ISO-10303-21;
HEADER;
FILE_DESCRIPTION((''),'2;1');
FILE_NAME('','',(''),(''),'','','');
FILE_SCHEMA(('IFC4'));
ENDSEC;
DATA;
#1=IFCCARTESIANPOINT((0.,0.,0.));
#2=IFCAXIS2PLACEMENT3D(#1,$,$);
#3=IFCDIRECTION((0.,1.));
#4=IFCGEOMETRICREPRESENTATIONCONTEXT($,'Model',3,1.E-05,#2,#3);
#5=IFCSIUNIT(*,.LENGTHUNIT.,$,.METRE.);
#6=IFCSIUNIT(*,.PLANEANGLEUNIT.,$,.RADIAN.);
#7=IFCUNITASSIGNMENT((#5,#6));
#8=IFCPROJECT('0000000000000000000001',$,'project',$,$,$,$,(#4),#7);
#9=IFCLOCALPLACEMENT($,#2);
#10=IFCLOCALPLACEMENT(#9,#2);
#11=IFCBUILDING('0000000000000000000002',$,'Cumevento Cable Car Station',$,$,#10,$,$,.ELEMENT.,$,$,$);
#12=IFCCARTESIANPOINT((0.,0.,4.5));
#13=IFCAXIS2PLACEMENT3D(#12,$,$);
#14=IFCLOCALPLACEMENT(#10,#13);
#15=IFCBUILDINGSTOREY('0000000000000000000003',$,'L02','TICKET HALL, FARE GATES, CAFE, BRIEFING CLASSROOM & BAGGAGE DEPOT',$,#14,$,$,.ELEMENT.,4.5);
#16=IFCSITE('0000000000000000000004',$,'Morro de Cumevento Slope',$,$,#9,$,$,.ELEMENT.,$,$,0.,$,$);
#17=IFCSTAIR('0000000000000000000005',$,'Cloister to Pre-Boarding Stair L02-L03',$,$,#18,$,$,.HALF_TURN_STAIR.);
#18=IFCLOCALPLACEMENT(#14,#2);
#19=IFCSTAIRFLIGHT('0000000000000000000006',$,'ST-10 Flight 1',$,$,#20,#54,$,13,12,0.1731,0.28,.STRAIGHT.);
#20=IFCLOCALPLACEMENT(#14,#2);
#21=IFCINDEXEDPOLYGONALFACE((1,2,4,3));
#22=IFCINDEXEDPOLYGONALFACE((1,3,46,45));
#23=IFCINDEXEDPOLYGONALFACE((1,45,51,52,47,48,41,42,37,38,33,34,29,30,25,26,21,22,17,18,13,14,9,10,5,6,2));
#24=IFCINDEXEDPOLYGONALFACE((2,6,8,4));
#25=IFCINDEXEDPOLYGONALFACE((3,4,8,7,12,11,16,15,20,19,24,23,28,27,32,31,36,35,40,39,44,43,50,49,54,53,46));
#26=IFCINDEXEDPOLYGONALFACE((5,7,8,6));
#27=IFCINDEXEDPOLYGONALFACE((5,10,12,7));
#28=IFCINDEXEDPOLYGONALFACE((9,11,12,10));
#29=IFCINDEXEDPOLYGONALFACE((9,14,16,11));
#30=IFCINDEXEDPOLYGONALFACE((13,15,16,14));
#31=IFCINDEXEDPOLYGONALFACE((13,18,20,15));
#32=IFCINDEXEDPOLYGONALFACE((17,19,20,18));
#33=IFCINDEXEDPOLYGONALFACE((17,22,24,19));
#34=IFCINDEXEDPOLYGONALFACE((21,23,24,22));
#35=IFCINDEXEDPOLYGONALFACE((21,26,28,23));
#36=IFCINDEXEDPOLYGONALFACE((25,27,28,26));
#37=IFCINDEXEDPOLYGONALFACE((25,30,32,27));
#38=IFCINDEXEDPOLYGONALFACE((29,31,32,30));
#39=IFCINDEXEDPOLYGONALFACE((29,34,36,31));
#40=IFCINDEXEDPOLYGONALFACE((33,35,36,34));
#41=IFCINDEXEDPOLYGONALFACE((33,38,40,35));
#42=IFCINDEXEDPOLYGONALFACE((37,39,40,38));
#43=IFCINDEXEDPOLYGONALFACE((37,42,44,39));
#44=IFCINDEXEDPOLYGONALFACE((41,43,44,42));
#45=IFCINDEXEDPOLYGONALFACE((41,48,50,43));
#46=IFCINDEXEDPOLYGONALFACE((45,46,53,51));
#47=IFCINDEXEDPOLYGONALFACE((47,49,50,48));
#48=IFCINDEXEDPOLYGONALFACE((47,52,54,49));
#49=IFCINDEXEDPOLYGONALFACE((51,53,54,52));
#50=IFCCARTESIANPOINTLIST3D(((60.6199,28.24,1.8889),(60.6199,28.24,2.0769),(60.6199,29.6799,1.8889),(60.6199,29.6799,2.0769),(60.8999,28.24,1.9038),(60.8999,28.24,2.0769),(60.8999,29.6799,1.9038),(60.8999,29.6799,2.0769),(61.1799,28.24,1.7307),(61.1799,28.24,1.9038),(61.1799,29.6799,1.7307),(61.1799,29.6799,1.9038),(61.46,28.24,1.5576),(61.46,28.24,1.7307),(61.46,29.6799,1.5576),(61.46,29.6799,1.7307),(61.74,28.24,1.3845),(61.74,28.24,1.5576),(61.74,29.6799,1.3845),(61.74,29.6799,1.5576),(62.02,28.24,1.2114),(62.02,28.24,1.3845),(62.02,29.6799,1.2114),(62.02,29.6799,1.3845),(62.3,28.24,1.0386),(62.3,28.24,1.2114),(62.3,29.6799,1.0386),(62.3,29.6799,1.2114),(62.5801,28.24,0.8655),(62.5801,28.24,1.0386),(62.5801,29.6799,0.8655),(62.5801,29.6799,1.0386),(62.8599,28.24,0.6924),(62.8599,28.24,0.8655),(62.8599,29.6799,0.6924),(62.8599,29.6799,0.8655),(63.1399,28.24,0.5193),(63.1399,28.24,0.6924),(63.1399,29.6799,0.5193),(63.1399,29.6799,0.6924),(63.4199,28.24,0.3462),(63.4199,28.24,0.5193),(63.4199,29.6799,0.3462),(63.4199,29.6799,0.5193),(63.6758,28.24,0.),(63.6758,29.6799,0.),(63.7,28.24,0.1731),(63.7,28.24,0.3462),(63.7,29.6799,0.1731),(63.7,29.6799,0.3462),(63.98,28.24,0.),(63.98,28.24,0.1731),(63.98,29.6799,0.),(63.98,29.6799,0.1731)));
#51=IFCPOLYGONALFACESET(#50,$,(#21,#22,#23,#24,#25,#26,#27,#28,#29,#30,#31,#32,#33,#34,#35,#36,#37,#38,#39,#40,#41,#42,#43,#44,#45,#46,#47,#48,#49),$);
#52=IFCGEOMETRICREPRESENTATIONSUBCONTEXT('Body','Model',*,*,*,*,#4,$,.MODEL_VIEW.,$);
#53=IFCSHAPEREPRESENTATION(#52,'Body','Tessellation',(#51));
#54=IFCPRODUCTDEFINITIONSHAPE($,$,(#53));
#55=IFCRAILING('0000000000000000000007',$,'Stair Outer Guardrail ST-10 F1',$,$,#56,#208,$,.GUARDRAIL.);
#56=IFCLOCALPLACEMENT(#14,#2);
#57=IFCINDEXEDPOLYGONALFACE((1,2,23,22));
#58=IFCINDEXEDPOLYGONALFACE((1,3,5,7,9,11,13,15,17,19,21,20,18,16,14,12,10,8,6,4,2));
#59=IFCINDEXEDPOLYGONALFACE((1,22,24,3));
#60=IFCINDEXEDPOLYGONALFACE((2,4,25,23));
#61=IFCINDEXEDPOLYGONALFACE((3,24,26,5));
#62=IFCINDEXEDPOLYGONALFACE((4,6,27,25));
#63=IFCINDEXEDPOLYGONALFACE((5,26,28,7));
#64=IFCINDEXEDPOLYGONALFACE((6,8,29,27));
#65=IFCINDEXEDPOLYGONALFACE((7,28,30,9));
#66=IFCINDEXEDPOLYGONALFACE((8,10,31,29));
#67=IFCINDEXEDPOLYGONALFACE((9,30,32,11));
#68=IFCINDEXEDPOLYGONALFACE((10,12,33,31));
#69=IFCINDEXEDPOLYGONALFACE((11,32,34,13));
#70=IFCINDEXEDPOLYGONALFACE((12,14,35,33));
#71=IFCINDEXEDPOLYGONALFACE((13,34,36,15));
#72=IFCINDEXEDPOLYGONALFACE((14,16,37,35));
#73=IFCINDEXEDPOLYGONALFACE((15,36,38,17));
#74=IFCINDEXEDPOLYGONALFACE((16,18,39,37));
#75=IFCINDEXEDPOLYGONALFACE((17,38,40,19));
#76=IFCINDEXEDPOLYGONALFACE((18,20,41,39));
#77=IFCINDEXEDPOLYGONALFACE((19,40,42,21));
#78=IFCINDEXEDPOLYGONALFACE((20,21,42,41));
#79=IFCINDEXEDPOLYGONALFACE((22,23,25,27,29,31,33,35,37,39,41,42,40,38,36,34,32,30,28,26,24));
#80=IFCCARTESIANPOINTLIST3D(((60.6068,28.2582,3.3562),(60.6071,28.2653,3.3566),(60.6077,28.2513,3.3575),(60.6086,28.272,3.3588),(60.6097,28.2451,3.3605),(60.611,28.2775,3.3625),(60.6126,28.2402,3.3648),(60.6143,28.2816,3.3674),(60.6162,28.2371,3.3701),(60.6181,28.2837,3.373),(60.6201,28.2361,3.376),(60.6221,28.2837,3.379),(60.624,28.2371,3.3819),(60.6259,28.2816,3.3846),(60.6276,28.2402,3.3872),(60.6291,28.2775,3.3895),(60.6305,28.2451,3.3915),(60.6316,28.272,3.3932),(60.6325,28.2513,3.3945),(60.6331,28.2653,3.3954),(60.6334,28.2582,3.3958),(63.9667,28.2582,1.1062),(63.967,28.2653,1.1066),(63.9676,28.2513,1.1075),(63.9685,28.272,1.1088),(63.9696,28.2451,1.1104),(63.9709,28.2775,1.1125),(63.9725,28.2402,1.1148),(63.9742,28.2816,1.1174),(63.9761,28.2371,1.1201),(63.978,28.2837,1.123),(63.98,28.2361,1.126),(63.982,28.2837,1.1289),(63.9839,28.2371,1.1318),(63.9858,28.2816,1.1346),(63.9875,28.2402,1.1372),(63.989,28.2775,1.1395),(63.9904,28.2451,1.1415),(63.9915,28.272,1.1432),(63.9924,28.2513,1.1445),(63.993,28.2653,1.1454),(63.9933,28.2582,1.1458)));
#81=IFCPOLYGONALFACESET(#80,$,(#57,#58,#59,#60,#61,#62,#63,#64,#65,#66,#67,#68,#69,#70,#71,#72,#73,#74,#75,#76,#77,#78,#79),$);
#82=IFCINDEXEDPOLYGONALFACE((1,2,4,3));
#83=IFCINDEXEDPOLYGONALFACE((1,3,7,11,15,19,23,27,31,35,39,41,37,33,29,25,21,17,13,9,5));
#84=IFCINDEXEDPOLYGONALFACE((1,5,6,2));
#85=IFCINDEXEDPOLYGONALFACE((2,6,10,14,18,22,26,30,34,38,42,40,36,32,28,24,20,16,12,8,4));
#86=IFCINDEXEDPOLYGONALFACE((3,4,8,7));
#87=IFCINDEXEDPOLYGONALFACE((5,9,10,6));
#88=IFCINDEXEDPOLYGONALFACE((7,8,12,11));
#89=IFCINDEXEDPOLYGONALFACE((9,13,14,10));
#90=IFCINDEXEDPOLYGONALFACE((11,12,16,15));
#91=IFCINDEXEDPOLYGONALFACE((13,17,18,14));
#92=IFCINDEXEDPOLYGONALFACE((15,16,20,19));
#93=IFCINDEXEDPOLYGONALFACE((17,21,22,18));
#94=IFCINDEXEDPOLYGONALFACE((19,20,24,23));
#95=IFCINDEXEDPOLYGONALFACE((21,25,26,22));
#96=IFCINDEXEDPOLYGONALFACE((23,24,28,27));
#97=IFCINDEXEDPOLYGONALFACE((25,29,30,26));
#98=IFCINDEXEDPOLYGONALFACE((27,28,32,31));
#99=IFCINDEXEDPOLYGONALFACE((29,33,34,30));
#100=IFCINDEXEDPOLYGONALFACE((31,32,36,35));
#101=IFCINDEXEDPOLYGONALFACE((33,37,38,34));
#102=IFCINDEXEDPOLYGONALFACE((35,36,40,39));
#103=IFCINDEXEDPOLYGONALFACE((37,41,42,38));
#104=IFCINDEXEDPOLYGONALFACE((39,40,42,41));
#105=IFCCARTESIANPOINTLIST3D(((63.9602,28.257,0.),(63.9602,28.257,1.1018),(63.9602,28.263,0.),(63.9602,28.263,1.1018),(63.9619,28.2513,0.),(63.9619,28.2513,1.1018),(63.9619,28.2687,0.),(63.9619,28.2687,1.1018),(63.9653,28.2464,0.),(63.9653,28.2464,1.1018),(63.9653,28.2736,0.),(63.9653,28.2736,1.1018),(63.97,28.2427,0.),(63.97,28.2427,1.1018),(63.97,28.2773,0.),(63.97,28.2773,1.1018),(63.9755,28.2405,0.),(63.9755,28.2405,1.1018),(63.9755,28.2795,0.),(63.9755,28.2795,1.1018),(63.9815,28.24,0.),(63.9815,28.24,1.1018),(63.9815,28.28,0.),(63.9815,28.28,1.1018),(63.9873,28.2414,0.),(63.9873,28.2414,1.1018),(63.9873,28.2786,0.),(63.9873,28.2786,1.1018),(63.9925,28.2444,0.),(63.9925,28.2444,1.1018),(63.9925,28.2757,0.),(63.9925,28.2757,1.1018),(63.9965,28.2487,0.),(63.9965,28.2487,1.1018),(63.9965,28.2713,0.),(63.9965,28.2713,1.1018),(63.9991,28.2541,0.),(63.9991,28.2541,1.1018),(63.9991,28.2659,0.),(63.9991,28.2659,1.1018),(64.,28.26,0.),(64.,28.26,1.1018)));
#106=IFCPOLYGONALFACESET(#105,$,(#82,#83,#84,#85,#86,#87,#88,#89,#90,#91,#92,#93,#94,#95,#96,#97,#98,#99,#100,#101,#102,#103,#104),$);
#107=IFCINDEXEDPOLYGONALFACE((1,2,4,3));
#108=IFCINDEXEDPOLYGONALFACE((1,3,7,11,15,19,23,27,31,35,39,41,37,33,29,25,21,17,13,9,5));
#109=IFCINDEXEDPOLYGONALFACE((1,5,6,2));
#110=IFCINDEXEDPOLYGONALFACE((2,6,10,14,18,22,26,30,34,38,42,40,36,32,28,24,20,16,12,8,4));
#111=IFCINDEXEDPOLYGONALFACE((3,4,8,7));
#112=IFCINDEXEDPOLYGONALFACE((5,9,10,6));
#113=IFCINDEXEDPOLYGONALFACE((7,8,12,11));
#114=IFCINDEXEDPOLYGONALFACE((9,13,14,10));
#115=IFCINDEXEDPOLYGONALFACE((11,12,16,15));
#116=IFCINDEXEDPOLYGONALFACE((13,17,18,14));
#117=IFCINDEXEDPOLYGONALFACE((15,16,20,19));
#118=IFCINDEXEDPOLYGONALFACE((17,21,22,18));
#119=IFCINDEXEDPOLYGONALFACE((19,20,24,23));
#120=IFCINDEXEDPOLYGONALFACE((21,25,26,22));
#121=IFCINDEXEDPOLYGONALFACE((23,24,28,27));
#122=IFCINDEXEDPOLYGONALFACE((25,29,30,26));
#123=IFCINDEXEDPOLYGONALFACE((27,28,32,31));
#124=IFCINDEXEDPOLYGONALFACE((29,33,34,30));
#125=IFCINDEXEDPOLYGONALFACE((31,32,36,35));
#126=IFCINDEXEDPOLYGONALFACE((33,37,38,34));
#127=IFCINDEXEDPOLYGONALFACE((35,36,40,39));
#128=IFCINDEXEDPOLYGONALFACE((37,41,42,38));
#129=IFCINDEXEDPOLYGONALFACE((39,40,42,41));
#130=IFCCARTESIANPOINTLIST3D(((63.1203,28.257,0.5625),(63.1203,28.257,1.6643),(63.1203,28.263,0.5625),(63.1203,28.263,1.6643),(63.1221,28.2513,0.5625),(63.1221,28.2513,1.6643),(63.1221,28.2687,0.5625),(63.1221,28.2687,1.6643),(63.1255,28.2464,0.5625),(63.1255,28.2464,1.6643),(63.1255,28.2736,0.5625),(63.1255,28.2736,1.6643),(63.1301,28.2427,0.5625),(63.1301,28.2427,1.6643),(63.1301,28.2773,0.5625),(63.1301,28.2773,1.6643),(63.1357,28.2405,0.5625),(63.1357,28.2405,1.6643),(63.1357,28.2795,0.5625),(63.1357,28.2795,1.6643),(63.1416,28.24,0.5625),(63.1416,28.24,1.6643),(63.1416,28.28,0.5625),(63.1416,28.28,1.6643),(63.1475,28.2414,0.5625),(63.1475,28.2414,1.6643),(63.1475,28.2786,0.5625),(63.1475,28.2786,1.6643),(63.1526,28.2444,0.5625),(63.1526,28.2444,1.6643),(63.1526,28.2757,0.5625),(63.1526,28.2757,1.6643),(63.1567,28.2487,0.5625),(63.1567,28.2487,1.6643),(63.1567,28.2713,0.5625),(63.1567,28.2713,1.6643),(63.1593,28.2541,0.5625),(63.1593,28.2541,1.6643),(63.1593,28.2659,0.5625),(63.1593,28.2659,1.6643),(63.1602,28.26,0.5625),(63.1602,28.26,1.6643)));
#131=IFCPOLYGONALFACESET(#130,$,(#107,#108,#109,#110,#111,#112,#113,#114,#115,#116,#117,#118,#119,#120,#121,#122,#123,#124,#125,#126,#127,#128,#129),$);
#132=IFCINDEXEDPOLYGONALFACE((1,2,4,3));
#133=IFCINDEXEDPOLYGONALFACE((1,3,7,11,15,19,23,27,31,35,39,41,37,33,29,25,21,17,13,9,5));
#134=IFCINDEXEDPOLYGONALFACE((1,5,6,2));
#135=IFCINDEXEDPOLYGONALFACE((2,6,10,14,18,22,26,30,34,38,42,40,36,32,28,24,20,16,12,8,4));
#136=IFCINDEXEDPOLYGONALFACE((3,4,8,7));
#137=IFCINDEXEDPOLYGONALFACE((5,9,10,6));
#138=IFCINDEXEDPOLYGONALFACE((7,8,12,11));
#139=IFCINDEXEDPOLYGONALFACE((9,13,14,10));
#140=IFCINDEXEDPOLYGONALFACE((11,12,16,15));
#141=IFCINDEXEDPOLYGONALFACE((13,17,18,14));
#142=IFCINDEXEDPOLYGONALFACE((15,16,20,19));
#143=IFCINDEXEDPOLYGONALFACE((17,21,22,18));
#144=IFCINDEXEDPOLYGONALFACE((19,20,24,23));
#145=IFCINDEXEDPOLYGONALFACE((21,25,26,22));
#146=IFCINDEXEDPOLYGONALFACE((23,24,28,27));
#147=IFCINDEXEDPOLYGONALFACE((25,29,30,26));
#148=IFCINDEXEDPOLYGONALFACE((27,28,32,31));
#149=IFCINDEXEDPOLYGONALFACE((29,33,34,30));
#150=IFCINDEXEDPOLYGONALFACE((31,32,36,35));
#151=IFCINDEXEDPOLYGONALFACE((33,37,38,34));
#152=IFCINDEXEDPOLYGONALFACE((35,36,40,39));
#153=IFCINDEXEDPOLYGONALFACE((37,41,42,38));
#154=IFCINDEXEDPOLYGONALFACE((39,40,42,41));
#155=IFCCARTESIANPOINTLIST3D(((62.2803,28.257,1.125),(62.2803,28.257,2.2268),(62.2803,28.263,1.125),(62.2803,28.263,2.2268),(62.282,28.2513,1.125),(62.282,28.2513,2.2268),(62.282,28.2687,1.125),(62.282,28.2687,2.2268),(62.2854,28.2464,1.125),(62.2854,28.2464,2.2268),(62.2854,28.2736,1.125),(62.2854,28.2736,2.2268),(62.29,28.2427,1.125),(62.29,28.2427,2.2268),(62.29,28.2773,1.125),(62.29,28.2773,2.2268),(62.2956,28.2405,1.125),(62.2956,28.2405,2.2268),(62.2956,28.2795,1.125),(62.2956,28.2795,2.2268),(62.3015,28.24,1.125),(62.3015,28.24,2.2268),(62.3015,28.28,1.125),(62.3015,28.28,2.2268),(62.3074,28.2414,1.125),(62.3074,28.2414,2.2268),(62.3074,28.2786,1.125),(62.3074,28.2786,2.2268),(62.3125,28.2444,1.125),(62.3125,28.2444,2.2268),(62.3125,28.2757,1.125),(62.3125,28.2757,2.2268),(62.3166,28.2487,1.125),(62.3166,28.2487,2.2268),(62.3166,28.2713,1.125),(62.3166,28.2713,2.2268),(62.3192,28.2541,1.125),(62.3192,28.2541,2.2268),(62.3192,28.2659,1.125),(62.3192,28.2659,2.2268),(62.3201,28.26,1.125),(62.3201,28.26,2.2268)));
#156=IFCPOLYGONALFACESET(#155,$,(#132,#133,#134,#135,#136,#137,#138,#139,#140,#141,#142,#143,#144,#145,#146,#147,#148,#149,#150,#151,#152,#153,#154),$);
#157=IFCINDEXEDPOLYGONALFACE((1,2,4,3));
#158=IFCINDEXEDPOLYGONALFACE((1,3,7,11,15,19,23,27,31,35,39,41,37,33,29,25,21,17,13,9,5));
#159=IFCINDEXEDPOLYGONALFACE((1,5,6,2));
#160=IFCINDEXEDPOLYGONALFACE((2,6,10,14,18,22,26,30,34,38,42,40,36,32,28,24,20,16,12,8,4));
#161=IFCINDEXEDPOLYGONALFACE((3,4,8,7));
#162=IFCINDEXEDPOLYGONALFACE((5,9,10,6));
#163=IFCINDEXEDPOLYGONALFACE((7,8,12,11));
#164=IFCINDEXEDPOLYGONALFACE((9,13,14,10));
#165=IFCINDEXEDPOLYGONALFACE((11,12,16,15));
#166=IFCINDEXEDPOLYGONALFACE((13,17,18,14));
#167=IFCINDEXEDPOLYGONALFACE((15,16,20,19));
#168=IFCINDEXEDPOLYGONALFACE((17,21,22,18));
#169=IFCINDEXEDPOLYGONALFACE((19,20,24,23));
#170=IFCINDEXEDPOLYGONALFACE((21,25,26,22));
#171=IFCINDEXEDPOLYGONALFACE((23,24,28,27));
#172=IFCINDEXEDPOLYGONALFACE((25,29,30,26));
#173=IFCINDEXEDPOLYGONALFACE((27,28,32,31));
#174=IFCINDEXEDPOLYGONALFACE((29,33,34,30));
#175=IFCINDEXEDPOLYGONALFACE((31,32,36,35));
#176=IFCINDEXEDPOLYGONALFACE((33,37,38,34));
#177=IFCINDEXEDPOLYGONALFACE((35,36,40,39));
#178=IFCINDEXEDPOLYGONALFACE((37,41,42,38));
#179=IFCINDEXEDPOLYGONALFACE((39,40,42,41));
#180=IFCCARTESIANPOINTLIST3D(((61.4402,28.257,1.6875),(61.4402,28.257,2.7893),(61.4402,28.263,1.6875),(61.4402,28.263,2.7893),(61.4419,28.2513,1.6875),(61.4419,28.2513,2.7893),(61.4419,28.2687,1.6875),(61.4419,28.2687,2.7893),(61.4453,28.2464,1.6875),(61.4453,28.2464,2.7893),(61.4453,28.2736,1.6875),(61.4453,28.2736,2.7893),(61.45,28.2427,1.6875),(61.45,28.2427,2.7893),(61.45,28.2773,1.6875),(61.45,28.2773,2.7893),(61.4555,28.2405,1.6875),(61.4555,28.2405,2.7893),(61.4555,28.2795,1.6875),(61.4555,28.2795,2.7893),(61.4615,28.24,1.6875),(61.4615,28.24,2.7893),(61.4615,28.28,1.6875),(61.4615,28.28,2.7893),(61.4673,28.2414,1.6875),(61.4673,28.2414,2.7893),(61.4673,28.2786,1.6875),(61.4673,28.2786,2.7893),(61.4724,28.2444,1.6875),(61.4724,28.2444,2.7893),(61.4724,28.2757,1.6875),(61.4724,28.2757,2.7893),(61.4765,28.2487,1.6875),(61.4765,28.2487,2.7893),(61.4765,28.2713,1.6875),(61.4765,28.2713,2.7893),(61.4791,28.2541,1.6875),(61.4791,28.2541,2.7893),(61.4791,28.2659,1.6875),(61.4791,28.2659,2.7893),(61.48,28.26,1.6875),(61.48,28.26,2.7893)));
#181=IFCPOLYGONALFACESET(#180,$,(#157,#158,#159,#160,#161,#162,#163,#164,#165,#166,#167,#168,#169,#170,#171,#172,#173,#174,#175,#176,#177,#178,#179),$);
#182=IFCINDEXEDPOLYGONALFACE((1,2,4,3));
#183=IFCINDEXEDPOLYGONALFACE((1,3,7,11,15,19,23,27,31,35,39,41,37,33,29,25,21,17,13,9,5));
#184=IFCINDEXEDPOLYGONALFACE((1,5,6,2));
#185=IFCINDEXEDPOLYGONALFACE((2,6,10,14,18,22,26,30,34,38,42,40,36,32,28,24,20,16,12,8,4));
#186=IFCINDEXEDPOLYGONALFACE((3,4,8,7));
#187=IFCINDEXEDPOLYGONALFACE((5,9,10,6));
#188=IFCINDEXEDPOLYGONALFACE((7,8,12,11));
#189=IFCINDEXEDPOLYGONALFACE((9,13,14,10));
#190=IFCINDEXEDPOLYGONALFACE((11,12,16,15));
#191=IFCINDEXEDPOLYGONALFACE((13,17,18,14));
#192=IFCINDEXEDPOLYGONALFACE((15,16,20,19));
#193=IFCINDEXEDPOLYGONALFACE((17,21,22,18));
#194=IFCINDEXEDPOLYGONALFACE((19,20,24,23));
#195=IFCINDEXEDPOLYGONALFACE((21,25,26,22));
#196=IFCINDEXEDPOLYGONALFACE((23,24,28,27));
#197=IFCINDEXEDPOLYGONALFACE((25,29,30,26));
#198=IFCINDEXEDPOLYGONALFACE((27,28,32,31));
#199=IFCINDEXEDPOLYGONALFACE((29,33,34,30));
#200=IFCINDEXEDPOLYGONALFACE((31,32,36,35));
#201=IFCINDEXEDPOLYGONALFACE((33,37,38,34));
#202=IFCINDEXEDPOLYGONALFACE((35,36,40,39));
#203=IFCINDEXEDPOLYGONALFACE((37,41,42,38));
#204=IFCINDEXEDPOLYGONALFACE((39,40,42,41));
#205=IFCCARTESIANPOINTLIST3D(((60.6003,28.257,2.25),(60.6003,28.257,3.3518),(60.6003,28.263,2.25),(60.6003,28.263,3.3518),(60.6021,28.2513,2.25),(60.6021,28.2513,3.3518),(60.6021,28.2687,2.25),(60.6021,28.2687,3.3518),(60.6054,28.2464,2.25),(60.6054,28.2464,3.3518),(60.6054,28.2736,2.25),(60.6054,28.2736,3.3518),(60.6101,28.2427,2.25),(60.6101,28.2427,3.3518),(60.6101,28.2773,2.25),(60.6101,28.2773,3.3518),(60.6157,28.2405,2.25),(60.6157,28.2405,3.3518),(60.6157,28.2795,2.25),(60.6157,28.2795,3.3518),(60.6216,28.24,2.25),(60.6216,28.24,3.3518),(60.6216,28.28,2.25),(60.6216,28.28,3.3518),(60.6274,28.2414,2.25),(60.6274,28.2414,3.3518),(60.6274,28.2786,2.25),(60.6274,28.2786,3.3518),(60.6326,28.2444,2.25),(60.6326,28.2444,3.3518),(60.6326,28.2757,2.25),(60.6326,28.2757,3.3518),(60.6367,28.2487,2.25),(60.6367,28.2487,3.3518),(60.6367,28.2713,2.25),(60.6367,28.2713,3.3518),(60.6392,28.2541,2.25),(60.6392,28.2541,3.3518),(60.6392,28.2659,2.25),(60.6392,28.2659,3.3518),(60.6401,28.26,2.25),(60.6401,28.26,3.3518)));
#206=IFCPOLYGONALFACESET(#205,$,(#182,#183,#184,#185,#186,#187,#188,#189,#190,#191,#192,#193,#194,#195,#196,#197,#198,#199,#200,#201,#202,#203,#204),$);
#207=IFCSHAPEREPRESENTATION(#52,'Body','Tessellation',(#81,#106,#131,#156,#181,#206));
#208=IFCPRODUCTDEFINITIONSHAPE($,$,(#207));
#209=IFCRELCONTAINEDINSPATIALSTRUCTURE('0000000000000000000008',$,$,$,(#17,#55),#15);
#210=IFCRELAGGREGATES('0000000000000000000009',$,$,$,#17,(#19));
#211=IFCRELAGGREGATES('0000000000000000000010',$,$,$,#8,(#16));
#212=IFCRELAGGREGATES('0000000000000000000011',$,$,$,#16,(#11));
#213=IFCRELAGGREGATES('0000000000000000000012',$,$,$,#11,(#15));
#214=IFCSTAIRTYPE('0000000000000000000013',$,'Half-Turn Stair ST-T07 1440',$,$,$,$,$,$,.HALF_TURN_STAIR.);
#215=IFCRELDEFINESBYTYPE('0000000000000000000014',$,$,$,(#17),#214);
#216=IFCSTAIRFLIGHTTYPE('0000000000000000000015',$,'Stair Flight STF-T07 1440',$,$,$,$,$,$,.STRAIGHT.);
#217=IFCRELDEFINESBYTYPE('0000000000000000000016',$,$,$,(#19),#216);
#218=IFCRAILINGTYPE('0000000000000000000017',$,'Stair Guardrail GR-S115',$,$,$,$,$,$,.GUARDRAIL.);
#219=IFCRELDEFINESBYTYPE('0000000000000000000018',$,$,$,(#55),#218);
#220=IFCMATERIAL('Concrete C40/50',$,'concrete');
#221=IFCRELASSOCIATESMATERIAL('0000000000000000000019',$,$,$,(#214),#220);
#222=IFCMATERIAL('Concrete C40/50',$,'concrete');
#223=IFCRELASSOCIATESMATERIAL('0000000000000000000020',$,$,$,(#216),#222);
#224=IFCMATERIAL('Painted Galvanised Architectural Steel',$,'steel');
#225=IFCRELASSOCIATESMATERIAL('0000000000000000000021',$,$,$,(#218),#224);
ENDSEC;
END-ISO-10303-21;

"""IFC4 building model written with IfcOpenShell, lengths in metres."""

from ifc_helpers import new_model, si_unit, direction, frame, origin, origin_2d, place, context, subcontext, project, spatial, polyline, circle, outline, extrude, material, type_object, element, aggregate, save


model = new_model("IFC4")

# Units and contexts
model_context = context("Model", 3, precision=1e-05, world=origin(), true_north=direction((0.0, 1.0)))
body_context = subcontext(model_context, "Body", "Model", "MODEL_VIEW")
ifc_project = project(units=[si_unit("LENGTHUNIT", "METRE"), si_unit("PLANEANGLEUNIT", "RADIAN")], contexts=[model_context])

# Site, building, storey
site_placement = place(None, origin())
site = spatial("IfcSite", under=ifc_project, at=site_placement, Name="Morro de Cumevento Slope", CompositionType="ELEMENT", RefElevation=0.0)
building_placement = place(site_placement, origin())
building = spatial("IfcBuilding", under=site, at=building_placement, Name="Cumevento Cable Car Station", CompositionType="ELEMENT")
storey_placement = place(building_placement, frame((0.0, 0.0, 4.5)))
storey = spatial("IfcBuildingStorey", under=building, at=storey_placement, Name="L02", Description="TICKET HALL, FARE GATES, CAFE, BRIEFING CLASSROOM & BAGGAGE DEPOT", CompositionType="ELEMENT", Elevation=4.5)

# Stair, stair flight
ifc_material_1 = material(Name="Concrete C40/50", Category="concrete")
stair_type = type_object("IfcStairType", Name="Half-Turn Stair ST-T07 1440", PredefinedType="HALF_TURN_STAIR", material=ifc_material_1)
stair_placement = place(storey_placement, origin())
stair = element("IfcStair", 1, at=stair_placement, inside=storey, type_object=stair_type, Name="Cloister to Pre-Boarding Stair L02-L03", PredefinedType="HALF_TURN_STAIR")
ifc_material_2 = material(Name="Concrete C40/50", Category="concrete")
stair_flight_type = type_object("IfcStairFlightType", Name="Stair Flight STF-T07 1440", PredefinedType="STRAIGHT", material=ifc_material_2)
stair_flight_placement = place(storey_placement, frame((63.98, 28.96, 0.0), z_axis=(0.0, 0.0, 1.0), x_axis=(-1.0, 0.0, 0.0)))
stair_flight = element("IfcStairFlight", 2, at=stair_flight_placement, type_object=stair_flight_type, Name="ST-10 Flight 1", NumberOfRisers=13, NumberOfTreads=12, PredefinedType="STRAIGHT", RiserHeight=0.1731, TreadLength=0.28, context=body_context, shape_type="SweptSolid", body=[
    extrude(outline(polyline([(0.0, 0.0), (0.0, 0.1731), (0.28, 0.1731), (0.28, 0.3462), (0.5601, 0.3462), (0.5601, 0.5193), (0.8401, 0.5193), (0.8401, 0.6924), (1.1201, 0.6924), (1.1201, 0.8655), (1.3999, 0.8655), (1.3999, 1.0386), (1.6799, 1.0386), (1.6799, 1.2114), (1.96, 1.2114), (1.96, 1.3845), (2.24, 1.3845), (2.24, 1.5576), (2.52, 1.5576), (2.52, 1.7307), (2.8, 1.7307), (2.8, 1.9038), (3.0801, 1.9038), (3.0801, 2.0769), (3.3601, 2.0769), (3.3601, 2.25), (3.3601, 1.8889), (0.3042, 0.0), (0.0, 0.0)])), frame((0.0, 0.72, 0.0), z_axis=(0.0, -1.0, 0.0), x_axis=(1.0, 0.0, 0.0)), (0.0, 0.0, 1.0), 1.4399),
])
aggregate(stair, [stair_flight])

# Railing
ifc_material_3 = material(Name="Painted Galvanised Architectural Steel", Category="steel")
railing_type_1 = type_object("IfcRailingType", Name="Stair Guardrail GR-S115", PredefinedType="GUARDRAIL", material=ifc_material_3)
railing_1_placement = place(storey_placement, frame((63.98, 28.26, 0.0)))
element("IfcRailing", 3, at=railing_1_placement, inside=storey, type_object=railing_type_1, Name="Stair Outer Guardrail ST-10 F1", PredefinedType="GUARDRAIL", context=body_context, shape_type="SweptSolid", body=[
    extrude(circle(Radius=0.0239, at=origin_2d()), frame((0.0, 0.0, 1.126), z_axis=(-0.830897, 0.0, 0.556427), x_axis=(0.0, -1.0, 0.0)), (0.0, 0.0, 1.0), 4.0437),
    extrude(circle(Radius=0.02, at=origin_2d()), origin(), (0.0, 0.0, 1.0), 1.1018),
    extrude(circle(Radius=0.02, at=origin_2d()), frame((-0.8398, 0.0, 0.5625)), (0.0, 0.0, 1.0), 1.1018),
    extrude(circle(Radius=0.02, at=origin_2d()), frame((-1.6799, 0.0, 1.125)), (0.0, 0.0, 1.0), 1.1018),
    extrude(circle(Radius=0.02, at=origin_2d()), frame((-2.52, 0.0, 1.6875)), (0.0, 0.0, 1.0), 1.1018),
    extrude(circle(Radius=0.02, at=origin_2d()), frame((-3.3599, 0.0, 2.25)), (0.0, 0.0, 1.0), 1.1018),
])

save(model, "model.ifc")
